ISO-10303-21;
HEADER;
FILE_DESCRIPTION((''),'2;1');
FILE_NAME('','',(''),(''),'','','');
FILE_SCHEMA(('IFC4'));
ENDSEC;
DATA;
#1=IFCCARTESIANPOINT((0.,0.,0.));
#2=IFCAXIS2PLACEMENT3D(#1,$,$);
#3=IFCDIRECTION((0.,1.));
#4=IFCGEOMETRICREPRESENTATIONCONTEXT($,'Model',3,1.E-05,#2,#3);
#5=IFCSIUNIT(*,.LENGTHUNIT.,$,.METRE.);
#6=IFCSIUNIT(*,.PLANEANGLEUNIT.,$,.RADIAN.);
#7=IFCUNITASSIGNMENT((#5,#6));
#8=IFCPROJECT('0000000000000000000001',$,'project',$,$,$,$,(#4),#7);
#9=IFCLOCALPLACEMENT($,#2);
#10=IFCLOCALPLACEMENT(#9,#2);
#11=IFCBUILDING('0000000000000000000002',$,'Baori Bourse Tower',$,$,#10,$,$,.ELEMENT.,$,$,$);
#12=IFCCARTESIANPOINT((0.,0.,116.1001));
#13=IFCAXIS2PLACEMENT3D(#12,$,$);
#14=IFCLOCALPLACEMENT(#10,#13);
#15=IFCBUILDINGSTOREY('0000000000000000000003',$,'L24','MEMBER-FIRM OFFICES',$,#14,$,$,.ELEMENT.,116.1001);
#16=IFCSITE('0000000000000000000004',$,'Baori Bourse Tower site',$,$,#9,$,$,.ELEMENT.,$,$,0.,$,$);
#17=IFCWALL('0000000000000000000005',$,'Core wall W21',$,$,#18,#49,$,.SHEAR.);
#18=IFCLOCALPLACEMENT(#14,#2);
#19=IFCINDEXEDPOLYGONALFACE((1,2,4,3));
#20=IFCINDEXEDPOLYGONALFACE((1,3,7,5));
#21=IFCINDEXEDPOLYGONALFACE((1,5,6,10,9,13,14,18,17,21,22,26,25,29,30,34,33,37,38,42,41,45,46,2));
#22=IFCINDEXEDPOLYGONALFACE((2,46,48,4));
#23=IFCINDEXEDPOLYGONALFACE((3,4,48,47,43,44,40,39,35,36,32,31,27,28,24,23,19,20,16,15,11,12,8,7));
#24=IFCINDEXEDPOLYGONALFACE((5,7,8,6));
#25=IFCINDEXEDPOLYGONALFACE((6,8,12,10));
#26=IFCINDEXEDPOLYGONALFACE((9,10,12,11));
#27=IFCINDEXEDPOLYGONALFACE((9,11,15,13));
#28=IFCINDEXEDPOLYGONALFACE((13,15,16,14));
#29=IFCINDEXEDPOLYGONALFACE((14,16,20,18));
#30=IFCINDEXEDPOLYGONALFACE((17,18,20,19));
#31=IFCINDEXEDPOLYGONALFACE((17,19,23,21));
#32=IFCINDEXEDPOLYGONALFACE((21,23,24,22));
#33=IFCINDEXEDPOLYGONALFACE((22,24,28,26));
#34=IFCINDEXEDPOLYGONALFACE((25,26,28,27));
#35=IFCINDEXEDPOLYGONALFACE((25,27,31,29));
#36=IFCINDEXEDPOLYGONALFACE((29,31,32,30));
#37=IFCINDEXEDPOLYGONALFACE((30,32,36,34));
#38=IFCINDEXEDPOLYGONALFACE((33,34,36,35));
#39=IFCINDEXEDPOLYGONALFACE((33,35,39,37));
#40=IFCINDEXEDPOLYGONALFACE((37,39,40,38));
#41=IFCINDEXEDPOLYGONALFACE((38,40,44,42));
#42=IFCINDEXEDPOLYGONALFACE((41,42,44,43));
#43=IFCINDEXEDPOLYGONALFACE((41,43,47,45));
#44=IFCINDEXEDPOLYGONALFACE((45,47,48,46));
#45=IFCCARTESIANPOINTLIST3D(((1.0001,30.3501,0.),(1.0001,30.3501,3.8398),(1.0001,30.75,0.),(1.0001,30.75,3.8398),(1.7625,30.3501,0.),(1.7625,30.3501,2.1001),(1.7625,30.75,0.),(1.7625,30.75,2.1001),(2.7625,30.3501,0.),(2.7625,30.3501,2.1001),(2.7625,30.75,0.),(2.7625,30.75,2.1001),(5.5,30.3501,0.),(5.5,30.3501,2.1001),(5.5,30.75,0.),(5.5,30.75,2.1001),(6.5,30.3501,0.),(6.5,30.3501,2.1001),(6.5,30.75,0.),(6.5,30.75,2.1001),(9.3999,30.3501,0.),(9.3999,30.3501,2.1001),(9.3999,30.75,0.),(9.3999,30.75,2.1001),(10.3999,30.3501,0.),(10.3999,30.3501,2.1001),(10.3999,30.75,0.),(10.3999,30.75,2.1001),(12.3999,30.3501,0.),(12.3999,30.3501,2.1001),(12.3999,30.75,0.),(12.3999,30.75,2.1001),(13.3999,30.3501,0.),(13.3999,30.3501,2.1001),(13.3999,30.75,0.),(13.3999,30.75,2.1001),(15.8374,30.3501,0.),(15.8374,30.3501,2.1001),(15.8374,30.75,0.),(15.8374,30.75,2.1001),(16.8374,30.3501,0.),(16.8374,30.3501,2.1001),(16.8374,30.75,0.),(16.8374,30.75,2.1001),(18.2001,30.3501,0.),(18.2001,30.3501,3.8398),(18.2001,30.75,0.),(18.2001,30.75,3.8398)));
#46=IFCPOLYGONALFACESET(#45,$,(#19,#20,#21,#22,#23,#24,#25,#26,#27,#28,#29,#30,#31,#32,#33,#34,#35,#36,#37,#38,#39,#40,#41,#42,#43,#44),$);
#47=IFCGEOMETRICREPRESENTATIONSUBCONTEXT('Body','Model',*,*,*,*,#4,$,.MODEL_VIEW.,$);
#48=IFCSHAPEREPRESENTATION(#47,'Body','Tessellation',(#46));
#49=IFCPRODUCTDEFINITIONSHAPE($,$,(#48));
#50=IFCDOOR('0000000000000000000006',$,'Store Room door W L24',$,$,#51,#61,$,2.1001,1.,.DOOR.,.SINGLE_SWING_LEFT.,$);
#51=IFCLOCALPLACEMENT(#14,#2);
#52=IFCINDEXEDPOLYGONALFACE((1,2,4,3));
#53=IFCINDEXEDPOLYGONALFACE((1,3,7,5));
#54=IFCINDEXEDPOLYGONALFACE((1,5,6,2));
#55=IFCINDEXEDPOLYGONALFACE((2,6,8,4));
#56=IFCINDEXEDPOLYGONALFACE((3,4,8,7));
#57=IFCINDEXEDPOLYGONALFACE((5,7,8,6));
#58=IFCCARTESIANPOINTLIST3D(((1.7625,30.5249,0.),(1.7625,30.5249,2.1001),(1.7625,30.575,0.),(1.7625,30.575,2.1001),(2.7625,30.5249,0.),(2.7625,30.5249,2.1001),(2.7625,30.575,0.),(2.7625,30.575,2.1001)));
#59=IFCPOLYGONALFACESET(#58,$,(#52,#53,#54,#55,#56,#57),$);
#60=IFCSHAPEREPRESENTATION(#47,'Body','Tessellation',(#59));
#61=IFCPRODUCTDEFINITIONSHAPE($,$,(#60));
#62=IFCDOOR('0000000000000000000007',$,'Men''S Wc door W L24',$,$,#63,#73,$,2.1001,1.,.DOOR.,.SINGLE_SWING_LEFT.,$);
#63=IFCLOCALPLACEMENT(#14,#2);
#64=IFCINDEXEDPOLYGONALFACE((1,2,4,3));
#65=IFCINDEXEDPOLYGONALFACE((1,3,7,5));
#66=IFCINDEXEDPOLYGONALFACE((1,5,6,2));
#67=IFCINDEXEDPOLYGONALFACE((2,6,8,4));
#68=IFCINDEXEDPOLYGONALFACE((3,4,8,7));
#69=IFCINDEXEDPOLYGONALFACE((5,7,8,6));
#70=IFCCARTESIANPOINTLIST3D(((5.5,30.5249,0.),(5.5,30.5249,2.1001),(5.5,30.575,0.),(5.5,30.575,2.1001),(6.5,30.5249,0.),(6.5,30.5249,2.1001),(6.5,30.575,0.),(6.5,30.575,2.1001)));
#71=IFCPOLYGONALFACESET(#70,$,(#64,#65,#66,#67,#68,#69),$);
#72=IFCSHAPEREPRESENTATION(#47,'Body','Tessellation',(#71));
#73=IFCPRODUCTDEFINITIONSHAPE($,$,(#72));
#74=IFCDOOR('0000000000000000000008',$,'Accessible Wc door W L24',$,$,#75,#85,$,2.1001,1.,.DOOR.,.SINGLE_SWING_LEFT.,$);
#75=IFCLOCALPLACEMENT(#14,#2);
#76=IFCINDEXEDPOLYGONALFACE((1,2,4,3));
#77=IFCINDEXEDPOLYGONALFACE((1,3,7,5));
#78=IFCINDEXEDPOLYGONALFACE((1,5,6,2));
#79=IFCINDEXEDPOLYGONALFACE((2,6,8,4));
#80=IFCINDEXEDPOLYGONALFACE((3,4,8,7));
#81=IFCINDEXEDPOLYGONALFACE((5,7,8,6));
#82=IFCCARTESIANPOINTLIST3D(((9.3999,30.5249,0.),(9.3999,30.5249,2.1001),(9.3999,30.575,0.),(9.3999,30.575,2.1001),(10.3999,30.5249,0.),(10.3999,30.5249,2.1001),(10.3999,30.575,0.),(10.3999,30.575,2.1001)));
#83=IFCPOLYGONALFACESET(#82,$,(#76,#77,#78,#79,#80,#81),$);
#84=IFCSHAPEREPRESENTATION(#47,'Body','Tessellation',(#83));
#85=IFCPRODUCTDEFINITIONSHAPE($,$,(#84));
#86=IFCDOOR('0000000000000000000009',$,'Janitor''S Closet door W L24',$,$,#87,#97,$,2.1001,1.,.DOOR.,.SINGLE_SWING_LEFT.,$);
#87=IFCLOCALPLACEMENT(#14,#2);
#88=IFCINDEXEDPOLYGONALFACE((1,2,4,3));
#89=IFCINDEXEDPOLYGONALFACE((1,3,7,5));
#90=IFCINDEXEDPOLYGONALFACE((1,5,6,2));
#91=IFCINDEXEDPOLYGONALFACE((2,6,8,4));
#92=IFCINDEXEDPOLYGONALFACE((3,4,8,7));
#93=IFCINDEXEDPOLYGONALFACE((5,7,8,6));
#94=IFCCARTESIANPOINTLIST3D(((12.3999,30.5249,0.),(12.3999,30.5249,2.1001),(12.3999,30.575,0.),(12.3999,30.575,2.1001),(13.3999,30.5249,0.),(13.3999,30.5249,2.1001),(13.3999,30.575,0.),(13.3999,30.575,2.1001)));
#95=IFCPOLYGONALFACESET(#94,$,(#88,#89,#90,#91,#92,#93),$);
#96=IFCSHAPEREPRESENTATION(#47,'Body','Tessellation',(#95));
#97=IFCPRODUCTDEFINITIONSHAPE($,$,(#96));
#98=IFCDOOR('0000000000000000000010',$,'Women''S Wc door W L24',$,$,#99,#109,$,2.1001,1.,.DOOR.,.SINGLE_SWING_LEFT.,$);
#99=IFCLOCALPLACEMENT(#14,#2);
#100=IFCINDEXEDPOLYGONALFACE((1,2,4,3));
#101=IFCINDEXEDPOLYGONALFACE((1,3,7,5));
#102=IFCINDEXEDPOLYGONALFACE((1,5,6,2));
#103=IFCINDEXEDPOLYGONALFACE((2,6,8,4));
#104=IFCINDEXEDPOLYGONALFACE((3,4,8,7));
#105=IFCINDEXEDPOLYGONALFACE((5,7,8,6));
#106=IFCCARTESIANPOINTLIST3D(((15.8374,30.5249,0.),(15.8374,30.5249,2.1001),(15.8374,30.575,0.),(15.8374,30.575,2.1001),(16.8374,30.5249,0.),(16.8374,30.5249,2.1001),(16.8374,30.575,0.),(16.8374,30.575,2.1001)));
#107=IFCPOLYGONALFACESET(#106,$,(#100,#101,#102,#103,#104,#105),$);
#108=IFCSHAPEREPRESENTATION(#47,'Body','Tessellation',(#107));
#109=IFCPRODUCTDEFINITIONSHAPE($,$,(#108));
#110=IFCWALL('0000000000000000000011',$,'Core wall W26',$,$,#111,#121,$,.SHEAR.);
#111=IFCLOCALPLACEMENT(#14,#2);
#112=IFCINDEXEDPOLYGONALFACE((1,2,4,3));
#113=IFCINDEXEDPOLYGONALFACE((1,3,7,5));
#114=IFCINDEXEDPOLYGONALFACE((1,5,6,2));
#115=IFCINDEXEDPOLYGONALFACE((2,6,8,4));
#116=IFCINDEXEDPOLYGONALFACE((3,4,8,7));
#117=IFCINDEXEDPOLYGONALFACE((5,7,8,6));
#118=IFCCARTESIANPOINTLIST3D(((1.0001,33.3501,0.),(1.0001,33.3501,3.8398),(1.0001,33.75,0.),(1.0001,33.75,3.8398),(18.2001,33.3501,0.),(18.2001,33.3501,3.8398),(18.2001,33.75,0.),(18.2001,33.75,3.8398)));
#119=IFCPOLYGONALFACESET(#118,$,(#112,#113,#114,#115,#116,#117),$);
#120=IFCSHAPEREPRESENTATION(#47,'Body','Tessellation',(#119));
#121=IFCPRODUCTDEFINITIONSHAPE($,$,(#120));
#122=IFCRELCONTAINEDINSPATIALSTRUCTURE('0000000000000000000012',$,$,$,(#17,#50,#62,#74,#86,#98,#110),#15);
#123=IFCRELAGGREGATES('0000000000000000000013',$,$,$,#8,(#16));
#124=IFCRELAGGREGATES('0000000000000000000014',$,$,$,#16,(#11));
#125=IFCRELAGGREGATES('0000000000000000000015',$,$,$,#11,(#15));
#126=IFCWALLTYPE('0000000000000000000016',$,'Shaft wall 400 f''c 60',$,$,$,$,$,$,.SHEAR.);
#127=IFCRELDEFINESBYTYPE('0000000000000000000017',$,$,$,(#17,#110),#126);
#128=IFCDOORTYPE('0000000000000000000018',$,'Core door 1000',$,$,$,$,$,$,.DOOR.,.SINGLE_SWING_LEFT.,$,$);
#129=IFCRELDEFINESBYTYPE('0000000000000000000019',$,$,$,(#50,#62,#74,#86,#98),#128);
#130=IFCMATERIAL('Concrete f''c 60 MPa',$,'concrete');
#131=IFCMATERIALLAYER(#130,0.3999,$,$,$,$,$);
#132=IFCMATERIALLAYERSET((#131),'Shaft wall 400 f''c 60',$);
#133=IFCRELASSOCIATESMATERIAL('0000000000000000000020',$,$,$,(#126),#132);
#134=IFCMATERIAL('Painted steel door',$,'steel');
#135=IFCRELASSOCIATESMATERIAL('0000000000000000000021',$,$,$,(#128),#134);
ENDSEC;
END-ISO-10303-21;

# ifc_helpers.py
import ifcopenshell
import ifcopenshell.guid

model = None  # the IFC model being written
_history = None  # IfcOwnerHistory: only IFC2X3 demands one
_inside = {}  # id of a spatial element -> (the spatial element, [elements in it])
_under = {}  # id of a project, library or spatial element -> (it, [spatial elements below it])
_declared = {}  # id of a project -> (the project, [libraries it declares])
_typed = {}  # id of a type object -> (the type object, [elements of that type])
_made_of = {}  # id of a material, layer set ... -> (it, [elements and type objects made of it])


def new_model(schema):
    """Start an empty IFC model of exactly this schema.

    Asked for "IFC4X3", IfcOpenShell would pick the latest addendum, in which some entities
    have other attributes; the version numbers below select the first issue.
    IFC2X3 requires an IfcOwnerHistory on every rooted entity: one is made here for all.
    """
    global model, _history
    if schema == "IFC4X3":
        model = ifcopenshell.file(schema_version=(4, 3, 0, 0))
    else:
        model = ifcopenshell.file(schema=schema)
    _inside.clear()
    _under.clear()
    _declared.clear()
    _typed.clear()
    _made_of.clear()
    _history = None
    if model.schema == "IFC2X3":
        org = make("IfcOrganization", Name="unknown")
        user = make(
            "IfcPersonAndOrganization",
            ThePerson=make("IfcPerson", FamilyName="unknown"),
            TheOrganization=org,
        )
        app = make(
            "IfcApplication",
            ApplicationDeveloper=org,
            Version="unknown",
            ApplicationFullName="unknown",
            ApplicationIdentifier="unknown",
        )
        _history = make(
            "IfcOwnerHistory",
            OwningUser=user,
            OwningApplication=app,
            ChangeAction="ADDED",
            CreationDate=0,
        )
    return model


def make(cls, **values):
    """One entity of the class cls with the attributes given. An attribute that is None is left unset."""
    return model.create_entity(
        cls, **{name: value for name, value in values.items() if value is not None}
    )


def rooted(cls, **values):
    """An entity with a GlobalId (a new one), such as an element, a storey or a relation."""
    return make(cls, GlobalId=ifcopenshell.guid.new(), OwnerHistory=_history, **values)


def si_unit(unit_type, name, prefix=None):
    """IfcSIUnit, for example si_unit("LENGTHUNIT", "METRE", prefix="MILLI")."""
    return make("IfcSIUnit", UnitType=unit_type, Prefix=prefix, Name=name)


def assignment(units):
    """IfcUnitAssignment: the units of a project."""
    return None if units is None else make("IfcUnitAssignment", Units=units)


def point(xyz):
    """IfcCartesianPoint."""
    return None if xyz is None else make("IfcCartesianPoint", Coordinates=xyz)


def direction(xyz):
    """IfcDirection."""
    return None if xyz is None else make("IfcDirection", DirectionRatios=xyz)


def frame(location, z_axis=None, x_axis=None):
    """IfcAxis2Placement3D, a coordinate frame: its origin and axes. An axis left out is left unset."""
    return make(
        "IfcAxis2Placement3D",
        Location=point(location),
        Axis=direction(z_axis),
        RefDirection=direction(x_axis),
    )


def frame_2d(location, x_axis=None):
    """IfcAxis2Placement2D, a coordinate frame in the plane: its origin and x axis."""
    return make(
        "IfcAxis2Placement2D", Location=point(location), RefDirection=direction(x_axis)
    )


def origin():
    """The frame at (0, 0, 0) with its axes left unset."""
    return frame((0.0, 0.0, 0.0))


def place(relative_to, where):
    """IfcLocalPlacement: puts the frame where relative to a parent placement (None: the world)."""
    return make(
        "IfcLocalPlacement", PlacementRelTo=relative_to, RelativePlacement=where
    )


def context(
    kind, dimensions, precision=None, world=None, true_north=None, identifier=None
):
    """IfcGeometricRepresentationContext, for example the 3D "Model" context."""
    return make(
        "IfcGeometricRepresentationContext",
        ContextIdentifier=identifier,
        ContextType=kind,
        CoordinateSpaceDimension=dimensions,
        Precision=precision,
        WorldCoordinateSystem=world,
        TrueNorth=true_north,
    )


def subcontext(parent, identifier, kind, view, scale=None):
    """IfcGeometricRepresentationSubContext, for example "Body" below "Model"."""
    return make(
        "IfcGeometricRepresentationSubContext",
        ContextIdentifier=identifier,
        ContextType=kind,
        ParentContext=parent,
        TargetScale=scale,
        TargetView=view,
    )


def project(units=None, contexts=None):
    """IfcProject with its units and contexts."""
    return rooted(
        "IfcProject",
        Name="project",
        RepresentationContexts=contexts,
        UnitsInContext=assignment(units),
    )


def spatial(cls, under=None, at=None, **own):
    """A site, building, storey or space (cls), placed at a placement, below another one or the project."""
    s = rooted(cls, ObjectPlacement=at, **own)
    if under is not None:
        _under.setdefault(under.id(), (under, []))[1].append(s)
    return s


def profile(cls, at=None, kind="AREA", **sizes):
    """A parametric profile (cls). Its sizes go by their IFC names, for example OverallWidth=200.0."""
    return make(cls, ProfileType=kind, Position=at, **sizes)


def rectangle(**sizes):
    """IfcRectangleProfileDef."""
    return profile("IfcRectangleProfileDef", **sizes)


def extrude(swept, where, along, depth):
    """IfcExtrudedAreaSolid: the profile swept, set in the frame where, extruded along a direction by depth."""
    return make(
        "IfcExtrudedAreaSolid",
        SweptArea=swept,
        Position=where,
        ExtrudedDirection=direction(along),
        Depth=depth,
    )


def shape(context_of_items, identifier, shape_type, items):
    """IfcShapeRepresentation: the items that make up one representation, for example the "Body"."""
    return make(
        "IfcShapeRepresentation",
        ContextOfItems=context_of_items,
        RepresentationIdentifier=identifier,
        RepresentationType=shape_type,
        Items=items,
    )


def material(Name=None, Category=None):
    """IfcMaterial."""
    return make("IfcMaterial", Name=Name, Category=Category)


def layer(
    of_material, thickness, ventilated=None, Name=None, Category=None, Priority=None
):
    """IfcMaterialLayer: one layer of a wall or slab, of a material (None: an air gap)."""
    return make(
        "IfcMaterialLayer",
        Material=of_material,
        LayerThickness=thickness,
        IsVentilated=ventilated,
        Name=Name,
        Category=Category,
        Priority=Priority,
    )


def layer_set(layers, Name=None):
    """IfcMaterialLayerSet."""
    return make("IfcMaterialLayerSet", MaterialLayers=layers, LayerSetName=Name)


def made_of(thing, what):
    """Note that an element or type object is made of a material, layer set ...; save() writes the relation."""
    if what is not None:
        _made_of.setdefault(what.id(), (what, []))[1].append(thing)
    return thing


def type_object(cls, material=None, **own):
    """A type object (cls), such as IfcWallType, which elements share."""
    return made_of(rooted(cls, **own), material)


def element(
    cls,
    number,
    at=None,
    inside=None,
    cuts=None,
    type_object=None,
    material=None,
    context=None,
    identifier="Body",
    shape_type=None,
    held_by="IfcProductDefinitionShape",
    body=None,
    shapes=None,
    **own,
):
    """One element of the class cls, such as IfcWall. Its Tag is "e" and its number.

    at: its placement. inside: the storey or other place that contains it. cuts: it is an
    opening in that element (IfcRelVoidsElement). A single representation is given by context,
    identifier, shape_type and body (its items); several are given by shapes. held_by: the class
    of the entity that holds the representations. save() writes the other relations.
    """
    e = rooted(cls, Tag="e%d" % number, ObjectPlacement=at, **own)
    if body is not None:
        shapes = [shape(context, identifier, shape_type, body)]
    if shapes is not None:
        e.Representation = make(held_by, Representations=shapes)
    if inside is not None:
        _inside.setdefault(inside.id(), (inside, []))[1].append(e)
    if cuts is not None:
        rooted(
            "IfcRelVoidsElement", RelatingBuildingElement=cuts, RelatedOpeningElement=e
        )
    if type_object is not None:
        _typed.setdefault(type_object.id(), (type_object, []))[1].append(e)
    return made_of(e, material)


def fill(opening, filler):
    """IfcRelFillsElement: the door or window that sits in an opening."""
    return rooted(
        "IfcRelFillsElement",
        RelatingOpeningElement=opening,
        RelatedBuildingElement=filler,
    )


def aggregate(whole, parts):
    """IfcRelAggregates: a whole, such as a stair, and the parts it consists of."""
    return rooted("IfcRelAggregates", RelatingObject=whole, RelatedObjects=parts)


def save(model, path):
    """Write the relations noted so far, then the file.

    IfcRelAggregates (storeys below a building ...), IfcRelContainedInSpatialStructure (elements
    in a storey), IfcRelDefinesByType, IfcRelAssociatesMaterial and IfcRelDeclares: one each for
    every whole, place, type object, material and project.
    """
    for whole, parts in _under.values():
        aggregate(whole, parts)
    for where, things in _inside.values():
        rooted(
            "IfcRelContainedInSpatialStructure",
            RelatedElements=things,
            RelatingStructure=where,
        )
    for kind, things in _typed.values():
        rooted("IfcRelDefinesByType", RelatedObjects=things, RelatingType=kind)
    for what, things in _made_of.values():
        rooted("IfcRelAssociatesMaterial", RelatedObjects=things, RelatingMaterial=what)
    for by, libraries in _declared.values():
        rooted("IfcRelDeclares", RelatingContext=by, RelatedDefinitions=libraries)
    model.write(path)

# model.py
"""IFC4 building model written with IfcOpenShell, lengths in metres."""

from ifc_helpers import new_model, si_unit, direction, frame, frame_2d, origin, place, context, subcontext, project, spatial, rectangle, extrude, material, layer, layer_set, type_object, element, fill, save


model = new_model("IFC4")

# Units and contexts
model_context = context("Model", 3, precision=1e-05, world=origin(), true_north=direction((0.0, 1.0)))
body_context = subcontext(model_context, "Body", "Model", "MODEL_VIEW")
ifc_project = project(units=[si_unit("LENGTHUNIT", "METRE"), si_unit("PLANEANGLEUNIT", "RADIAN")], contexts=[model_context])

# Site, building, storey
site_placement = place(None, origin())
site = spatial("IfcSite", under=ifc_project, at=site_placement, Name="Baori Bourse Tower site", CompositionType="ELEMENT", RefElevation=0.0)
building_placement = place(site_placement, origin())
building = spatial("IfcBuilding", under=site, at=building_placement, Name="Baori Bourse Tower", CompositionType="ELEMENT")
storey_placement = place(building_placement, frame((0.0, 0.0, 116.1001)))
storey = spatial("IfcBuildingStorey", under=building, at=storey_placement, Name="L24", Description="MEMBER-FIRM OFFICES", CompositionType="ELEMENT", Elevation=116.1001)

# Wall, openings, doors
ifc_material_1 = material(Name="Concrete f'c 60 MPa", Category="concrete")
ifc_layer_1 = layer(ifc_material_1, 0.3999)
ifc_layer_set_1 = layer_set([ifc_layer_1], Name="Shaft wall 400 f'c 60")
wall_type_1 = type_object("IfcWallType", Name="Shaft wall 400 f'c 60", PredefinedType="SHEAR", material=ifc_layer_set_1)
wall_1_placement = place(storey_placement, frame((1.0, 30.55, 0.0), z_axis=(0.0, 0.0, 1.0), x_axis=(1.0, 0.0, 0.0)))
wall_1 = element("IfcWall", 1, at=wall_1_placement, inside=storey, type_object=wall_type_1, Name="Core wall W21", PredefinedType="SHEAR", context=body_context, shape_type="SweptSolid", body=[
    extrude(rectangle(XDim=17.2, YDim=0.3999, at=frame_2d((8.6001, 0.0))), origin(), (0.0, 0.0, 1.0), 3.8398),
])
opening_1_placement = place(wall_1_placement, frame((0.7625, 0.0, 0.0)))
opening_1 = element("IfcOpeningElement", 2, at=opening_1_placement, cuts=wall_1, PredefinedType="OPENING", context=body_context, shape_type="SweptSolid", body=[
    extrude(rectangle(XDim=1.0, YDim=2.1001, at=frame_2d((0.5, 1.05))), frame((0.0, 0.21, 0.0), z_axis=(0.0, -1.0, 0.0), x_axis=(1.0, 0.0, 0.0)), (0.0, 0.0, 1.0), 0.4199),
])
opening_2_placement = place(wall_1_placement, frame((4.5, 0.0, 0.0)))
opening_2 = element("IfcOpeningElement", 3, at=opening_2_placement, cuts=wall_1, PredefinedType="OPENING", context=body_context, shape_type="SweptSolid", body=[
    extrude(rectangle(XDim=1.0, YDim=2.1001, at=frame_2d((0.5, 1.05))), frame((0.0, 0.21, 0.0), z_axis=(0.0, -1.0, 0.0), x_axis=(1.0, 0.0, 0.0)), (0.0, 0.0, 1.0), 0.4199),
])
opening_3_placement = place(wall_1_placement, frame((8.3999, 0.0, 0.0)))
opening_3 = element("IfcOpeningElement", 4, at=opening_3_placement, cuts=wall_1, PredefinedType="OPENING", context=body_context, shape_type="SweptSolid", body=[
    extrude(rectangle(XDim=1.0, YDim=2.1001, at=frame_2d((0.5, 1.05))), frame((0.0, 0.21, 0.0), z_axis=(0.0, -1.0, 0.0), x_axis=(1.0, 0.0, 0.0)), (0.0, 0.0, 1.0), 0.4199),
])
opening_4_placement = place(wall_1_placement, frame((11.3999, 0.0, 0.0)))
opening_4 = element("IfcOpeningElement", 5, at=opening_4_placement, cuts=wall_1, PredefinedType="OPENING", context=body_context, shape_type="SweptSolid", body=[
    extrude(rectangle(XDim=1.0, YDim=2.1001, at=frame_2d((0.5, 1.05))), frame((0.0, 0.21, 0.0), z_axis=(0.0, -1.0, 0.0), x_axis=(1.0, 0.0, 0.0)), (0.0, 0.0, 1.0), 0.4199),
])
opening_5_placement = place(wall_1_placement, frame((14.8374, 0.0, 0.0)))
opening_5 = element("IfcOpeningElement", 6, at=opening_5_placement, cuts=wall_1, PredefinedType="OPENING", context=body_context, shape_type="SweptSolid", body=[
    extrude(rectangle(XDim=1.0, YDim=2.1001, at=frame_2d((0.5, 1.05))), frame((0.0, 0.21, 0.0), z_axis=(0.0, -1.0, 0.0), x_axis=(1.0, 0.0, 0.0)), (0.0, 0.0, 1.0), 0.4199),
])
ifc_material_2 = material(Name="Painted steel door", Category="steel")
door_type_1 = type_object("IfcDoorType", Name="Core door 1000", OperationType="SINGLE_SWING_LEFT", PredefinedType="DOOR", material=ifc_material_2)
door_1_placement = place(opening_1_placement, origin())
door_1 = element("IfcDoor", 7, at=door_1_placement, inside=storey, type_object=door_type_1, Name="Store Room door W L24", OperationType="SINGLE_SWING_LEFT", OverallHeight=2.1001, OverallWidth=1.0, PredefinedType="DOOR", context=body_context, shape_type="SweptSolid", body=[
    extrude(rectangle(XDim=1.0, YDim=2.1001, at=frame_2d((0.5, 1.05))), frame((0.0, 0.0249, 0.0), z_axis=(0.0, -1.0, 0.0), x_axis=(1.0, 0.0, 0.0)), (0.0, 0.0, 1.0), 0.05),
])
fill(opening_1, door_1)
door_2_placement = place(opening_2_placement, origin())
door_2 = element("IfcDoor", 8, at=door_2_placement, inside=storey, type_object=door_type_1, Name="Men'S Wc door W L24", OperationType="SINGLE_SWING_LEFT", OverallHeight=2.1001, OverallWidth=1.0, PredefinedType="DOOR", context=body_context, shape_type="SweptSolid", body=[
    extrude(rectangle(XDim=1.0, YDim=2.1001, at=frame_2d((0.5, 1.05))), frame((0.0, 0.0249, 0.0), z_axis=(0.0, -1.0, 0.0), x_axis=(1.0, 0.0, 0.0)), (0.0, 0.0, 1.0), 0.05),
])
fill(opening_2, door_2)
door_3_placement = place(opening_3_placement, origin())
door_3 = element("IfcDoor", 9, at=door_3_placement, inside=storey, type_object=door_type_1, Name="Accessible Wc door W L24", OperationType="SINGLE_SWING_LEFT", OverallHeight=2.1001, OverallWidth=1.0, PredefinedType="DOOR", context=body_context, shape_type="SweptSolid", body=[
    extrude(rectangle(XDim=1.0, YDim=2.1001, at=frame_2d((0.5, 1.05))), frame((0.0, 0.0249, 0.0), z_axis=(0.0, -1.0, 0.0), x_axis=(1.0, 0.0, 0.0)), (0.0, 0.0, 1.0), 0.05),
])
fill(opening_3, door_3)
door_4_placement = place(opening_4_placement, origin())
door_4 = element("IfcDoor", 10, at=door_4_placement, inside=storey, type_object=door_type_1, Name="Janitor'S Closet door W L24", OperationType="SINGLE_SWING_LEFT", OverallHeight=2.1001, OverallWidth=1.0, PredefinedType="DOOR", context=body_context, shape_type="SweptSolid", body=[
    extrude(rectangle(XDim=1.0, YDim=2.1001, at=frame_2d((0.5, 1.05))), frame((0.0, 0.0249, 0.0), z_axis=(0.0, -1.0, 0.0), x_axis=(1.0, 0.0, 0.0)), (0.0, 0.0, 1.0), 0.05),
])
fill(opening_4, door_4)
door_5_placement = place(opening_5_placement, origin())
door_5 = element("IfcDoor", 11, at=door_5_placement, inside=storey, type_object=door_type_1, Name="Women'S Wc door W L24", OperationType="SINGLE_SWING_LEFT", OverallHeight=2.1001, OverallWidth=1.0, PredefinedType="DOOR", context=body_context, shape_type="SweptSolid", body=[
    extrude(rectangle(XDim=1.0, YDim=2.1001, at=frame_2d((0.5, 1.05))), frame((0.0, 0.0249, 0.0), z_axis=(0.0, -1.0, 0.0), x_axis=(1.0, 0.0, 0.0)), (0.0, 0.0, 1.0), 0.05),
])
fill(opening_5, door_5)

# Wall
wall_2_placement = place(storey_placement, frame((1.0, 33.55, 0.0), z_axis=(0.0, 0.0, 1.0), x_axis=(1.0, 0.0, 0.0)))
element("IfcWall", 12, at=wall_2_placement, inside=storey, type_object=wall_type_1, Name="Core wall W26", PredefinedType="SHEAR", context=body_context, shape_type="SweptSolid", body=[
    extrude(rectangle(XDim=17.2, YDim=0.3999, at=frame_2d((8.6001, 0.0))), origin(), (0.0, 0.0, 1.0), 3.8398),
])

save(model, "model.ifc")
